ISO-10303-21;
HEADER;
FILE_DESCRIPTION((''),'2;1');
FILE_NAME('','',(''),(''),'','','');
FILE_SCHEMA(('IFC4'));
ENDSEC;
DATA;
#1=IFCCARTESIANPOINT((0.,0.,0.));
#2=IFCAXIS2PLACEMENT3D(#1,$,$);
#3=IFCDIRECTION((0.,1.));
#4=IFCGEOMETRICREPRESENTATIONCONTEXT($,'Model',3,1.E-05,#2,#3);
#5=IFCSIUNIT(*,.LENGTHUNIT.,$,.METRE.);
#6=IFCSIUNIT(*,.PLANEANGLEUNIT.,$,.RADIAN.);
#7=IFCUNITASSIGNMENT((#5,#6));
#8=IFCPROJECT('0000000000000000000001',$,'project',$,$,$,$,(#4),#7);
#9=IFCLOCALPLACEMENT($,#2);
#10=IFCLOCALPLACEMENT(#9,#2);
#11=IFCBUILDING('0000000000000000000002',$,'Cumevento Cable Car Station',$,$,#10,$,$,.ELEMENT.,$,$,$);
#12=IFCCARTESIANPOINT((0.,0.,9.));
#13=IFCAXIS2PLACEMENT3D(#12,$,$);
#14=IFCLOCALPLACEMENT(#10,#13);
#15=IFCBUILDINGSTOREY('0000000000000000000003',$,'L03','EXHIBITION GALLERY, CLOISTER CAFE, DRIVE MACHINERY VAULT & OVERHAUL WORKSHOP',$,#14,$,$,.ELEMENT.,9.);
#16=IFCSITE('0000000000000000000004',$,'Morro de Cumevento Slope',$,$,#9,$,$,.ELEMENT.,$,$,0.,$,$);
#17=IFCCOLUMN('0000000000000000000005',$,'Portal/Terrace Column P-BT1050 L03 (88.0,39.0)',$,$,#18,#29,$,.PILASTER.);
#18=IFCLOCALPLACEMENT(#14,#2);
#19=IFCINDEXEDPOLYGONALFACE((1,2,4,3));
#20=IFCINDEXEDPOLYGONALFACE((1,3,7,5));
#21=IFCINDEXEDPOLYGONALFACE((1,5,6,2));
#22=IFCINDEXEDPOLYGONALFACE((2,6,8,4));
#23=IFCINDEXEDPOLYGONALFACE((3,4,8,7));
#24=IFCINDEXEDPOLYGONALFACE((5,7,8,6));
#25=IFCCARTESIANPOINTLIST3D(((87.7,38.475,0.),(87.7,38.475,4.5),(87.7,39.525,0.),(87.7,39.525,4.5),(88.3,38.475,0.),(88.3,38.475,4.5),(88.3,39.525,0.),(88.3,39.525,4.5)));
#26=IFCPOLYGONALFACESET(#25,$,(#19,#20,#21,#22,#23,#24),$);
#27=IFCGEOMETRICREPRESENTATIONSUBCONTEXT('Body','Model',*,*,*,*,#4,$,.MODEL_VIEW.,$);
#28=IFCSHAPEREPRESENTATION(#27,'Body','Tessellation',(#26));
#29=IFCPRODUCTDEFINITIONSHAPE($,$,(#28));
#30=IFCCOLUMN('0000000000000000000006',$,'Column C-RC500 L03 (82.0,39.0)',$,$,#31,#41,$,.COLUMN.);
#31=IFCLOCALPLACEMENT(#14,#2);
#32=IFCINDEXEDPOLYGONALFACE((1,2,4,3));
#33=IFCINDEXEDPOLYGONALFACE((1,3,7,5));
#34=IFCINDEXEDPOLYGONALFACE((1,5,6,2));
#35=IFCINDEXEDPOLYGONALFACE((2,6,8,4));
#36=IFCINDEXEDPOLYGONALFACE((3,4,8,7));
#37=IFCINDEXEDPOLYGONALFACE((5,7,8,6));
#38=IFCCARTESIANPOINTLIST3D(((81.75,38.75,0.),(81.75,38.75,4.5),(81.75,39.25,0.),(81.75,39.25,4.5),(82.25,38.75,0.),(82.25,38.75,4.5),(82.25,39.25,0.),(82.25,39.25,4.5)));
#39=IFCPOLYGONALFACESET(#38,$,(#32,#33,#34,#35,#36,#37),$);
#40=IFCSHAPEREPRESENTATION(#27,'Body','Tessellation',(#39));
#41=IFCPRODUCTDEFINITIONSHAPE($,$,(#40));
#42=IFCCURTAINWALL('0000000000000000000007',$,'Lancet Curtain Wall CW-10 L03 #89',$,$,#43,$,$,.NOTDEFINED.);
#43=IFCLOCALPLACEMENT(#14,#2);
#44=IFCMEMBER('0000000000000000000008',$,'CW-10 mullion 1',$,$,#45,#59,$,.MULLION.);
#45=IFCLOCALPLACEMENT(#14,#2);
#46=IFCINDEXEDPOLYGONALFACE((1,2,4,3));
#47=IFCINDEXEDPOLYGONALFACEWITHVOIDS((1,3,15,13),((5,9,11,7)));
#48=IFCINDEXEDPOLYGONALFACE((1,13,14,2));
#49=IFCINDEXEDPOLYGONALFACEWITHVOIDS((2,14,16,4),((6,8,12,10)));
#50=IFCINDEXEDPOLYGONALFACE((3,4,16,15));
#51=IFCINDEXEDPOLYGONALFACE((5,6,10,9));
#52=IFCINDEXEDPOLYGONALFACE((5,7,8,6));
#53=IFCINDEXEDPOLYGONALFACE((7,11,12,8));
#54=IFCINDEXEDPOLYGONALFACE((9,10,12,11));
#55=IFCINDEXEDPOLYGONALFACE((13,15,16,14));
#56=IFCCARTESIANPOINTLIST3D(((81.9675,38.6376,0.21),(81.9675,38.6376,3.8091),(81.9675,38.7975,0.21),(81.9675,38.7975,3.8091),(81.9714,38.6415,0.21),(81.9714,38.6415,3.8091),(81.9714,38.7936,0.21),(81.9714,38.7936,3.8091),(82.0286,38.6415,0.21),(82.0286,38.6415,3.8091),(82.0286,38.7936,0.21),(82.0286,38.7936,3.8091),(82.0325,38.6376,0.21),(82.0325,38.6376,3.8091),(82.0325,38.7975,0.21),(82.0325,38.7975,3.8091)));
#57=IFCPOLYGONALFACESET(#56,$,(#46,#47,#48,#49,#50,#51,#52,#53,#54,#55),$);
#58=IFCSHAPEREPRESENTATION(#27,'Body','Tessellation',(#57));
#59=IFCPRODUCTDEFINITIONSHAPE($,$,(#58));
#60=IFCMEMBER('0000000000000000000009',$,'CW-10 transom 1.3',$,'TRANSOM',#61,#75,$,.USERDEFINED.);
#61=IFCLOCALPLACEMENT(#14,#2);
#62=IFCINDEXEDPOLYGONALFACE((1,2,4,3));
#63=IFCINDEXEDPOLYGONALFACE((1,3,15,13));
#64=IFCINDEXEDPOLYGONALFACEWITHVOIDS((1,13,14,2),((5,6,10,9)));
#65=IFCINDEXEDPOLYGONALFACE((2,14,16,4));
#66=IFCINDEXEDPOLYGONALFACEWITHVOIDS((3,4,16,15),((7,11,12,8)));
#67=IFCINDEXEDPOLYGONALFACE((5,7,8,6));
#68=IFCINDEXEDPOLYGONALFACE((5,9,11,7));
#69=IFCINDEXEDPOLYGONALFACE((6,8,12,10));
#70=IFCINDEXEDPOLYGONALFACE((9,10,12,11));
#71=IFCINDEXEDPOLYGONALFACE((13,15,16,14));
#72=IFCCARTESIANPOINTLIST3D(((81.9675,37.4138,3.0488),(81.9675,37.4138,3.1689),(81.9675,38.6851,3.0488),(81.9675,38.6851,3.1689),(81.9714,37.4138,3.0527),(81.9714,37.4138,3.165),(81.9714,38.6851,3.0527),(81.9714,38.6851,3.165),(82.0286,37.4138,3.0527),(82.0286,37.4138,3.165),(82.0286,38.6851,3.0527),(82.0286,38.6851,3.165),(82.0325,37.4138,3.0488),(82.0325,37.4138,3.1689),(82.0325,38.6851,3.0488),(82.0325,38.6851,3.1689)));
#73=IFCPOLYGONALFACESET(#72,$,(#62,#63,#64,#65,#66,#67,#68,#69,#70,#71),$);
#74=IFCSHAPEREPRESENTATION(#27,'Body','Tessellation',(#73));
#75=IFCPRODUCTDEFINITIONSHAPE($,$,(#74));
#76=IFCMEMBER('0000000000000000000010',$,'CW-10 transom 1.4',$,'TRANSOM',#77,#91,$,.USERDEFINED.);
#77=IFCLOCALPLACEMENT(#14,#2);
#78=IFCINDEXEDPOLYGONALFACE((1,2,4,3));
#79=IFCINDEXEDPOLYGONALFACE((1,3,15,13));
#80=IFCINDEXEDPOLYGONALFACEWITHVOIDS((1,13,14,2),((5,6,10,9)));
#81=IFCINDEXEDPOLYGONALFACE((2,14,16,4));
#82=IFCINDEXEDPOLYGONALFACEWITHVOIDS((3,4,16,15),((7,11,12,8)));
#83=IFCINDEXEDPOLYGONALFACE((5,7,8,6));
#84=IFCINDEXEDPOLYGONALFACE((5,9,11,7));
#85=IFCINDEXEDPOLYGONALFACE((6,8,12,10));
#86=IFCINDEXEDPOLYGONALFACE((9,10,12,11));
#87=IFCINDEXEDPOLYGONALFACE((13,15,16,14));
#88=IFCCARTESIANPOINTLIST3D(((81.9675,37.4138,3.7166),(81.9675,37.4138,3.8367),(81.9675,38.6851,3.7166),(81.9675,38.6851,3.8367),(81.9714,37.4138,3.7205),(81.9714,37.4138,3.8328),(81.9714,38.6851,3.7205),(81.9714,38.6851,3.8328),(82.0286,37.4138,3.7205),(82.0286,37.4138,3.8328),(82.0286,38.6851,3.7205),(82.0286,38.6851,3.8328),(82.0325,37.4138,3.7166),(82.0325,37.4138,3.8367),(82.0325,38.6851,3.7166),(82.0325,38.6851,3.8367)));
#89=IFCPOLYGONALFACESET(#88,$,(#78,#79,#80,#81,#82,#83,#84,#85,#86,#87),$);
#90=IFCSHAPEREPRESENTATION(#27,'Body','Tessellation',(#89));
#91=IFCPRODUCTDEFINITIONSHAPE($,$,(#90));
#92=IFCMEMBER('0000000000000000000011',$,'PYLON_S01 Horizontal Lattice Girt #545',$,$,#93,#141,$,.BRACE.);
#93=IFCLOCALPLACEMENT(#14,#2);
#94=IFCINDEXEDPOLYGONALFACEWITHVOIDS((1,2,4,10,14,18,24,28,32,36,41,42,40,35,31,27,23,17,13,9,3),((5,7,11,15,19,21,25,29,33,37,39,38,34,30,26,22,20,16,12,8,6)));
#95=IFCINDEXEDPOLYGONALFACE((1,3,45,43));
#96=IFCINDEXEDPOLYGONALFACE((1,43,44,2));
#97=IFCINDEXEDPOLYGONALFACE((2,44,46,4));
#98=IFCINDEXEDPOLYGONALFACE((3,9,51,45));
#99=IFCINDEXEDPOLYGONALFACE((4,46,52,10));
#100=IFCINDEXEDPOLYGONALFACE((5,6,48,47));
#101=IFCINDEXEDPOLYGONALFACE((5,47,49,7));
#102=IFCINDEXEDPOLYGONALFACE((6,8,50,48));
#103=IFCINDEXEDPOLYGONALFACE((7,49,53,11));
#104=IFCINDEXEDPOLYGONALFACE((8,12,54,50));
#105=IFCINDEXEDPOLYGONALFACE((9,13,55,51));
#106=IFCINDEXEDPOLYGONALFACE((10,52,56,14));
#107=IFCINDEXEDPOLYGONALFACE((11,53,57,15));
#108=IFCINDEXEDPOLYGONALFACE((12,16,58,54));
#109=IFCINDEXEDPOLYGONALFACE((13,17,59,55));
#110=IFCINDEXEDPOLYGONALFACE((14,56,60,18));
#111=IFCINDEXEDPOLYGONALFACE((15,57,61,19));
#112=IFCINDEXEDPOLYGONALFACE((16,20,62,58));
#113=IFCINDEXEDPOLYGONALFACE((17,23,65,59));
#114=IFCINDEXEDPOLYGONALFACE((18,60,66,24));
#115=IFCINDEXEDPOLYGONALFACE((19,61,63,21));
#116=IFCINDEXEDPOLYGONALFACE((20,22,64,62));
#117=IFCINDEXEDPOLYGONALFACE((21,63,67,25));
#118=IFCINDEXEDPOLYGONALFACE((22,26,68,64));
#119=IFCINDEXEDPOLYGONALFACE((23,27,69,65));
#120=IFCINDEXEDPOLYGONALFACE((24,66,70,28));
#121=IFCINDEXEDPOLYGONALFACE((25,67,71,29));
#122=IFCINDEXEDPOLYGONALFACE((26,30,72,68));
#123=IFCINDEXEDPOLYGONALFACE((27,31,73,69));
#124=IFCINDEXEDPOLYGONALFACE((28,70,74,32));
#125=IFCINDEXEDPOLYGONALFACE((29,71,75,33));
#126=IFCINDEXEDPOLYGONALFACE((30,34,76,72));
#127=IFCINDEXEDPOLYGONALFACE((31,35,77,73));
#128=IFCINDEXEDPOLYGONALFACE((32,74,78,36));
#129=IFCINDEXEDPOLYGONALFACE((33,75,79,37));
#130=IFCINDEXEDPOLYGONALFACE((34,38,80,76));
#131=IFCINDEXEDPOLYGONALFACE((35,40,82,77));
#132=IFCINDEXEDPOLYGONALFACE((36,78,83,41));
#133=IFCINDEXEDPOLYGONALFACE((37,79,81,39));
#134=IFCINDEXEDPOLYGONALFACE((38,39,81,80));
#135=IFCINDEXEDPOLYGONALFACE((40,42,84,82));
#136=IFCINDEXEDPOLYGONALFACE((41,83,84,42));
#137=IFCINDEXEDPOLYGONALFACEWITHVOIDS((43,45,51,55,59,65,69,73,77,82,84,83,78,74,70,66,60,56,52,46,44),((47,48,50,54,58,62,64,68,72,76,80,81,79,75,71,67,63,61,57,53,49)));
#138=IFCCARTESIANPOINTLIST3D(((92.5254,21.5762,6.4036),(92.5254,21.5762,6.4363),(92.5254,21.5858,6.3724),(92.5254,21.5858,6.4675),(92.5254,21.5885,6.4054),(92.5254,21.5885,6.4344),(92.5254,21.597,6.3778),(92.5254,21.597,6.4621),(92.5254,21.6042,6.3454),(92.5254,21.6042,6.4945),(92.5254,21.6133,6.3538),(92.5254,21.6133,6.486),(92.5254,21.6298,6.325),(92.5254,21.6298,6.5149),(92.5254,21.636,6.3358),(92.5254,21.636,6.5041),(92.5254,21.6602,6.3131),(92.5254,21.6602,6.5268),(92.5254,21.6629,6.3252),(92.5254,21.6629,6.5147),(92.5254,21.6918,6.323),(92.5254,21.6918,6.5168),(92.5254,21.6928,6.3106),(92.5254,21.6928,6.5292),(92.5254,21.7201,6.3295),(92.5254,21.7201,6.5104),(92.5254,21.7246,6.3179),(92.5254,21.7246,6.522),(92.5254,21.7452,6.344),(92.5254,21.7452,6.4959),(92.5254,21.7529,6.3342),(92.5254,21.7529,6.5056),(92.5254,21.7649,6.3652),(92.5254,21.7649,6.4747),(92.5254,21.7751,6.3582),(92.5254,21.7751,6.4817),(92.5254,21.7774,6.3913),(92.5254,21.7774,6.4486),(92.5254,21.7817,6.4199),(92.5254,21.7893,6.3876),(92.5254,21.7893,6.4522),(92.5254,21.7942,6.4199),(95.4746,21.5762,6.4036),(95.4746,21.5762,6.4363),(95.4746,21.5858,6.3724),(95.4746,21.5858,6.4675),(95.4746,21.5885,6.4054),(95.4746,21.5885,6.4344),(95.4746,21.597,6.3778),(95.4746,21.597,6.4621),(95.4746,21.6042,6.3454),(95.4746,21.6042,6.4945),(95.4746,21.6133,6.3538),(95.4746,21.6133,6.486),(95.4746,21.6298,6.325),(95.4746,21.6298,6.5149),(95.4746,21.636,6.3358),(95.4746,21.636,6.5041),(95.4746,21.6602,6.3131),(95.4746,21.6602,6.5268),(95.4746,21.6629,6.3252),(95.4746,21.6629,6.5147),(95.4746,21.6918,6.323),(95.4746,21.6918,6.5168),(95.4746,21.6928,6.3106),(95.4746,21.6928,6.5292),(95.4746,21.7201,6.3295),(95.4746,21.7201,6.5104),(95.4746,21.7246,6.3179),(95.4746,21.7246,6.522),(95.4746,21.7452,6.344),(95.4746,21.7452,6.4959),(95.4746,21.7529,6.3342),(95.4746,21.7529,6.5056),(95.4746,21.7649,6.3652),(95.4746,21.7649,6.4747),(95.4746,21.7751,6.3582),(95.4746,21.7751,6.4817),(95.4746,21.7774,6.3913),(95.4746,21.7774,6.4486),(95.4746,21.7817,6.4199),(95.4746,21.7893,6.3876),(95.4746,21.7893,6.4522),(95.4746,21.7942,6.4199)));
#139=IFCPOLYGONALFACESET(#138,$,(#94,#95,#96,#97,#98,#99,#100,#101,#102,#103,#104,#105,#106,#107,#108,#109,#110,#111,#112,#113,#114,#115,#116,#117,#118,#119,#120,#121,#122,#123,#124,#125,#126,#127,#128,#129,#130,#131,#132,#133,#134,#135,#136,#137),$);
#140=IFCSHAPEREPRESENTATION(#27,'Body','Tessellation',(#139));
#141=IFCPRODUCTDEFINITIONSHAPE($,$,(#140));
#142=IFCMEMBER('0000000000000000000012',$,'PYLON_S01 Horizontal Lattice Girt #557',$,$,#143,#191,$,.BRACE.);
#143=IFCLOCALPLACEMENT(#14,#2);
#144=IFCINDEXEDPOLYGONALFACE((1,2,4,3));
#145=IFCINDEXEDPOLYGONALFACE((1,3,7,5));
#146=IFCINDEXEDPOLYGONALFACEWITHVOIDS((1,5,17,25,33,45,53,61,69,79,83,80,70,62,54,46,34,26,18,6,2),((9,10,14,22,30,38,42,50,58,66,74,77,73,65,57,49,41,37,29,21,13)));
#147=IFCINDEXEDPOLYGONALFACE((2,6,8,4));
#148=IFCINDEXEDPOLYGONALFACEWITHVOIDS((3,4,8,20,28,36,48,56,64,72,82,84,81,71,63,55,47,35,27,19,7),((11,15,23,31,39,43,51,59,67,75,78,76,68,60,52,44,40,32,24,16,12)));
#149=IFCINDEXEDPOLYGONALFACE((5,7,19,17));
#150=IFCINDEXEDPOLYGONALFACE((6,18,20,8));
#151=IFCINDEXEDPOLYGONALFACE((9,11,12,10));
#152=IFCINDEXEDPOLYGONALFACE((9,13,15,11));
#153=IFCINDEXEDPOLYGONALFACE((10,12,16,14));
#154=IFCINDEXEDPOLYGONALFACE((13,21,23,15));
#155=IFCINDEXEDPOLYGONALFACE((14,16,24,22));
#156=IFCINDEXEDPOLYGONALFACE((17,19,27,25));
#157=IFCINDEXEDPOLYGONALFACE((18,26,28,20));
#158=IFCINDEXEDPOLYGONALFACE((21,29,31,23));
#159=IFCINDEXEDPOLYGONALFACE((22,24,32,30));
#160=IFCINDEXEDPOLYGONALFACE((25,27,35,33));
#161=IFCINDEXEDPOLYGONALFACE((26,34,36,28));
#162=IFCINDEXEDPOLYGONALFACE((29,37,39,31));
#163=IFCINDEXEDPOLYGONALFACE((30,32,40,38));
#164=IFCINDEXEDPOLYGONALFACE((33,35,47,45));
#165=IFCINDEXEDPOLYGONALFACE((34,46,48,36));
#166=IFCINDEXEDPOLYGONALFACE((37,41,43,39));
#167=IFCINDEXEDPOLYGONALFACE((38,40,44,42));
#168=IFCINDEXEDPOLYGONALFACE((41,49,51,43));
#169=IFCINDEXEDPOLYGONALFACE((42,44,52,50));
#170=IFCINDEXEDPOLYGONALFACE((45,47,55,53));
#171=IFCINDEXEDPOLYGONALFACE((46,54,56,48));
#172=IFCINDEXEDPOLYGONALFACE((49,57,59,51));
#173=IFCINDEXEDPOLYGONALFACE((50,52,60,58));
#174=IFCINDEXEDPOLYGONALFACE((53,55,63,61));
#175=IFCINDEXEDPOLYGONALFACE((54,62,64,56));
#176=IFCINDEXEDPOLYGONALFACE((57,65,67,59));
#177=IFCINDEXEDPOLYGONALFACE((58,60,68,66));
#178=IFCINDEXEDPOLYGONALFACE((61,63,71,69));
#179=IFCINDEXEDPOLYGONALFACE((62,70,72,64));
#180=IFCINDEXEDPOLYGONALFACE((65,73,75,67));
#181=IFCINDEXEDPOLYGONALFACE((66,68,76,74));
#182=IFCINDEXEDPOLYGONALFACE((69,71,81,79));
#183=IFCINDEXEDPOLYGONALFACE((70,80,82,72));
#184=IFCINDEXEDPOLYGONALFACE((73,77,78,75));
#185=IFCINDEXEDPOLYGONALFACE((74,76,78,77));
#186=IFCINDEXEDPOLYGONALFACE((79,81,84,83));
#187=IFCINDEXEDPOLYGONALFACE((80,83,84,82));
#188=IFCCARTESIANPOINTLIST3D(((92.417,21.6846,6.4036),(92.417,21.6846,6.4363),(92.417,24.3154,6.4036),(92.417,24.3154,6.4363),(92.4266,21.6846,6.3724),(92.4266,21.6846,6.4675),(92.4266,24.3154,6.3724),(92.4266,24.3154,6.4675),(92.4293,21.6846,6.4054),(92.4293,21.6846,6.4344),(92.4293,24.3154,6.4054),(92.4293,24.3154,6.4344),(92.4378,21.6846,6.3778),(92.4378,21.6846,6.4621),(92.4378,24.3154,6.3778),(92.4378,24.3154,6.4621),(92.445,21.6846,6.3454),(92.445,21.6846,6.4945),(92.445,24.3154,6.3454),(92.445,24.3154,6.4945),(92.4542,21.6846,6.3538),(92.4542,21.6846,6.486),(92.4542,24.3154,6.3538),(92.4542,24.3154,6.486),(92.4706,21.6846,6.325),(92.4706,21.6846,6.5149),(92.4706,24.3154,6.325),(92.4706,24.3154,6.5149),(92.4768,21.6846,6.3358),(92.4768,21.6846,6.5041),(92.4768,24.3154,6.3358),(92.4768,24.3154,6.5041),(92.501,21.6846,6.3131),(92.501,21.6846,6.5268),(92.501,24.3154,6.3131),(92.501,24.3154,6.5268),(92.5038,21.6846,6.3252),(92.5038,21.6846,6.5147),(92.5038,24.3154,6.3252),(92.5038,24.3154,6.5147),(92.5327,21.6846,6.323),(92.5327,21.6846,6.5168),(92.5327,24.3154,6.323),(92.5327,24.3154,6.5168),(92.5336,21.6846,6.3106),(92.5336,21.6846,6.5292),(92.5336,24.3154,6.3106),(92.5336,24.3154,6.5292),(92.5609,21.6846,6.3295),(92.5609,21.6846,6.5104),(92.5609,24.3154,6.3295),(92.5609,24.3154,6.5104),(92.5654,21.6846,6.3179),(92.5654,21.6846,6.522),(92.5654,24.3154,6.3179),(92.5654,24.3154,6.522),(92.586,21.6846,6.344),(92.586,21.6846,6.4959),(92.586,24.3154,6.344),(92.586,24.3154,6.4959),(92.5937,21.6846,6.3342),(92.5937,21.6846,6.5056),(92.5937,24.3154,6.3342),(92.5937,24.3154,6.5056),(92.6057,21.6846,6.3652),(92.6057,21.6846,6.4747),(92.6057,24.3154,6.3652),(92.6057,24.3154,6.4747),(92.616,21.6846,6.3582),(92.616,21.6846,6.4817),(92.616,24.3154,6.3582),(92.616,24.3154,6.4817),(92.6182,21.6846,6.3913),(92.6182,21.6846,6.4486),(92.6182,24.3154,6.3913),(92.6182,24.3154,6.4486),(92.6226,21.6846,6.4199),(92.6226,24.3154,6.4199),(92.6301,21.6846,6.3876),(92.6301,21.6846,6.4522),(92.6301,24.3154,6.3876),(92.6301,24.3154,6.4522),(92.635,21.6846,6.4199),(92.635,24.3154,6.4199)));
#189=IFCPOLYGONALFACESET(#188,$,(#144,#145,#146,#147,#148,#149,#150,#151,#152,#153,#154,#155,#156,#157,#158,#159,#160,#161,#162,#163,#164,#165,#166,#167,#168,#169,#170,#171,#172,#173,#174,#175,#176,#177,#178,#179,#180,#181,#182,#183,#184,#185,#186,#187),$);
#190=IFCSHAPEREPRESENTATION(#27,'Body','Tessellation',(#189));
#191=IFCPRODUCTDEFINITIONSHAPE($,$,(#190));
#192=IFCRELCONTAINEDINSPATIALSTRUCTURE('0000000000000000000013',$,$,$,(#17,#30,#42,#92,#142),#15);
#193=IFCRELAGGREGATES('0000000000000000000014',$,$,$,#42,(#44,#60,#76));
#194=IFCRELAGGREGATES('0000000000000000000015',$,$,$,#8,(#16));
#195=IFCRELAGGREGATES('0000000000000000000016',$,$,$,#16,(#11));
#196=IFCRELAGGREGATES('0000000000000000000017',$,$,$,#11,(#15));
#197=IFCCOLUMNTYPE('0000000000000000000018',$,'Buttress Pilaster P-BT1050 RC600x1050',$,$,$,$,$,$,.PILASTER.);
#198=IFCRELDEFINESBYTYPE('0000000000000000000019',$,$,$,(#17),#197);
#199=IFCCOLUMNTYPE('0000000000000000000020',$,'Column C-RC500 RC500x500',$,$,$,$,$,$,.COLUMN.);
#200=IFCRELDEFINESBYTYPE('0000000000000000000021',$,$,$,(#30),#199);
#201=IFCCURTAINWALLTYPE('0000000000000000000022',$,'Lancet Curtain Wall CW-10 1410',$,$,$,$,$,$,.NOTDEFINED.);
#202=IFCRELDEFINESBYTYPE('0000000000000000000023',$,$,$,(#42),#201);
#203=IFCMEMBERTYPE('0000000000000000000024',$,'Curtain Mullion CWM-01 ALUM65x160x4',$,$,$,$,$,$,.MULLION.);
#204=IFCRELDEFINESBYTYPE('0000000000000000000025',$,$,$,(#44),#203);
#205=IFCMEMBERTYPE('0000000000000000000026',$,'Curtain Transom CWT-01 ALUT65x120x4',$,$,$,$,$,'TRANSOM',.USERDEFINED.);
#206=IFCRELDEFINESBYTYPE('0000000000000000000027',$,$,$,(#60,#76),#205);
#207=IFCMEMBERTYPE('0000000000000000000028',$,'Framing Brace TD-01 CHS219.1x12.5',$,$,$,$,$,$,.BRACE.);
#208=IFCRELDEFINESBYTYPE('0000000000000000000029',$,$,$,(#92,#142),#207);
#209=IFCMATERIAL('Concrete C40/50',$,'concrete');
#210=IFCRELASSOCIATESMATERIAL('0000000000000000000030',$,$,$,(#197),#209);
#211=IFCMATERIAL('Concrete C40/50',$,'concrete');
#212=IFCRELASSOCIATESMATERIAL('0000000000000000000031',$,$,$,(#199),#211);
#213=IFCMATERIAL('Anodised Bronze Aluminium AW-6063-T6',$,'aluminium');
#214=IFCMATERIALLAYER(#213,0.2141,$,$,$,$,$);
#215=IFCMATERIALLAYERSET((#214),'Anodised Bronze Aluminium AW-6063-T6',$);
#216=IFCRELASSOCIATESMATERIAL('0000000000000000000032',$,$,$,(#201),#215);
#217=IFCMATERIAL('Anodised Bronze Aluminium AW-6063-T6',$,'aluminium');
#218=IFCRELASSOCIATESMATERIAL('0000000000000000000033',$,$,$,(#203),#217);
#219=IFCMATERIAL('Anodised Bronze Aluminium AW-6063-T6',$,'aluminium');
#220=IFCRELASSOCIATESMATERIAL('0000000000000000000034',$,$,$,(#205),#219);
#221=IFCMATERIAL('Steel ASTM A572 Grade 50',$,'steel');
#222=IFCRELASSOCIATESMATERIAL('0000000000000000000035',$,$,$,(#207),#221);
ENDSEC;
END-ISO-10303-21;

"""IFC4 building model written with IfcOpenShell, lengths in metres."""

from ifc_helpers import new_model, si_unit, direction, frame, origin, origin_2d, place, context, subcontext, project, spatial, rectangle, hollow_rectangle, hollow_circle, extrude, material, layer, layer_set, material_profile, profile_set, type_object, element, aggregate, save


model = new_model("IFC4")

# Units and contexts
model_context = context("Model", 3, precision=1e-05, world=origin(), true_north=direction((0.0, 1.0)))
body_context = subcontext(model_context, "Body", "Model", "MODEL_VIEW")
ifc_project = project(units=[si_unit("LENGTHUNIT", "METRE"), si_unit("PLANEANGLEUNIT", "RADIAN")], contexts=[model_context])

# Site, building, storey
site_placement = place(None, origin())
site = spatial("IfcSite", under=ifc_project, at=site_placement, Name="Morro de Cumevento Slope", CompositionType="ELEMENT", RefElevation=0.0)
building_placement = place(site_placement, origin())
building = spatial("IfcBuilding", under=site, at=building_placement, Name="Cumevento Cable Car Station", CompositionType="ELEMENT")
storey_placement = place(building_placement, frame((0.0, 0.0, 9.0)))
storey = spatial("IfcBuildingStorey", under=building, at=storey_placement, Name="L03", Description="EXHIBITION GALLERY, CLOISTER CAFE, DRIVE MACHINERY VAULT & OVERHAUL WORKSHOP", CompositionType="ELEMENT", Elevation=9.0)

# Columns
ifc_material_1 = material(Name="Concrete C40/50", Category="concrete")
ifc_material_profile_1 = material_profile(ifc_material_1, rectangle(XDim=0.6001, YDim=1.05, at=origin_2d()), Name="RC600x1050")
ifc_profile_set_1 = profile_set([ifc_material_profile_1], Name="Concrete C40/50")
column_type_1 = type_object("IfcColumnType", Name="Buttress Pilaster P-BT1050 RC600x1050", PredefinedType="PILASTER", material=ifc_profile_set_1)
column_1_placement = place(storey_placement, frame((88.0, 39.0, 0.0), z_axis=(0.0, 0.0, 1.0), x_axis=(1.0, 0.0, 0.0)))
element("IfcColumn", 1, at=column_1_placement, inside=storey, type_object=column_type_1, Name="Portal/Terrace Column P-BT1050 L03 (88.0,39.0)", PredefinedType="PILASTER", context=body_context, shape_type="SweptSolid", body=[
    extrude(rectangle(XDim=0.6001, YDim=1.05, at=origin_2d()), origin(), (0.0, 0.0, 1.0), 4.5),
])
ifc_material_2 = material(Name="Concrete C40/50", Category="concrete")
ifc_material_profile_2 = material_profile(ifc_material_2, rectangle(XDim=0.5, YDim=0.5, at=origin_2d()), Name="RC500x500")
ifc_profile_set_2 = profile_set([ifc_material_profile_2], Name="Concrete C40/50")
column_type_2 = type_object("IfcColumnType", Name="Column C-RC500 RC500x500", PredefinedType="COLUMN", material=ifc_profile_set_2)
column_2_placement = place(storey_placement, frame((82.0, 39.0, 0.0), z_axis=(0.0, 0.0, 1.0), x_axis=(1.0, 0.0, 0.0)))
element("IfcColumn", 2, at=column_2_placement, inside=storey, type_object=column_type_2, Name="Column C-RC500 L03 (82.0,39.0)", PredefinedType="COLUMN", context=body_context, shape_type="SweptSolid", body=[
    extrude(rectangle(XDim=0.5, YDim=0.5, at=origin_2d()), origin(), (0.0, 0.0, 1.0), 4.5),
])

# Curtain wall, members
ifc_material_3 = material(Name="Anodised Bronze Aluminium AW-6063-T6", Category="aluminium")
ifc_layer_1 = layer(ifc_material_3, 0.2141)
ifc_layer_set_1 = layer_set([ifc_layer_1], Name="Anodised Bronze Aluminium AW-6063-T6")
curtain_wall_type = type_object("IfcCurtainWallType", Name="Lancet Curtain Wall CW-10 1410", PredefinedType="NOTDEFINED", material=ifc_layer_set_1)
curtain_wall_placement = place(storey_placement, origin())
curtain_wall = element("IfcCurtainWall", 3, at=curtain_wall_placement, inside=storey, type_object=curtain_wall_type, Name="Lancet Curtain Wall CW-10 L03 #89", PredefinedType="NOTDEFINED")
ifc_material_4 = material(Name="Anodised Bronze Aluminium AW-6063-T6", Category="aluminium")
ifc_material_profile_3 = material_profile(ifc_material_4, hollow_rectangle(XDim=0.0649, YDim=0.1599, WallThickness=0.0039, at=origin_2d()), Name="ALUM65x160x4")
ifc_profile_set_3 = profile_set([ifc_material_profile_3], Name="Anodised Bronze Aluminium AW-6063-T6")
member_type_1 = type_object("IfcMemberType", Name="Curtain Mullion CWM-01 ALUM65x160x4", PredefinedType="MULLION", material=ifc_profile_set_3)
member_1_placement = place(storey_placement, frame((82.0, 38.7175, 0.21), z_axis=(0.0, 0.0, 1.0), x_axis=(1.0, 0.0, 0.0)))
member_1 = element("IfcMember", 4, at=member_1_placement, type_object=member_type_1, Name="CW-10 mullion 1", PredefinedType="MULLION", context=body_context, shape_type="SweptSolid", body=[
    extrude(hollow_rectangle(XDim=0.0649, YDim=0.1599, WallThickness=0.0039, at=origin_2d()), origin(), (0.0, 0.0, 1.0), 3.5991),
])
ifc_material_5 = material(Name="Anodised Bronze Aluminium AW-6063-T6", Category="aluminium")
ifc_material_profile_4 = material_profile(ifc_material_5, hollow_rectangle(XDim=0.0649, YDim=0.1201, WallThickness=0.0039, at=origin_2d()), Name="ALUT65x120x4")
ifc_profile_set_4 = profile_set([ifc_material_profile_4], Name="Anodised Bronze Aluminium AW-6063-T6")
member_type_2 = type_object("IfcMemberType", Name="Curtain Transom CWT-01 ALUT65x120x4", ElementType="TRANSOM", PredefinedType="USERDEFINED", material=ifc_profile_set_4)
member_2_placement = place(storey_placement, frame((82.0, 38.6851, 3.1089), z_axis=(0.0, -1.0, 0.0), x_axis=(1.0, 0.0, 0.0)))
member_2 = element("IfcMember", 5, at=member_2_placement, type_object=member_type_2, Name="CW-10 transom 1.3", ObjectType="TRANSOM", PredefinedType="USERDEFINED", context=body_context, shape_type="SweptSolid", body=[
    extrude(hollow_rectangle(XDim=0.0649, YDim=0.1201, WallThickness=0.0039, at=origin_2d()), origin(), (0.0, 0.0, 1.0), 1.2712),
])
member_3_placement = place(storey_placement, frame((82.0, 38.6851, 3.7766), z_axis=(0.0, -1.0, 0.0), x_axis=(1.0, 0.0, 0.0)))
member_3 = element("IfcMember", 6, at=member_3_placement, type_object=member_type_2, Name="CW-10 transom 1.4", ObjectType="TRANSOM", PredefinedType="USERDEFINED", context=body_context, shape_type="SweptSolid", body=[
    extrude(hollow_rectangle(XDim=0.0649, YDim=0.1201, WallThickness=0.0039, at=origin_2d()), origin(), (0.0, 0.0, 1.0), 1.2712),
])
aggregate(curtain_wall, [member_1, member_2, member_3])

# Members
ifc_material_6 = material(Name="Steel ASTM A572 Grade 50", Category="steel")
ifc_material_profile_5 = material_profile(ifc_material_6, hollow_circle(Radius=0.1096, WallThickness=0.0125, at=origin_2d()), Name="CHS219.1x12.5")
ifc_profile_set_5 = profile_set([ifc_material_profile_5], Name="Steel ASTM A572 Grade 50")
member_type_3 = type_object("IfcMemberType", Name="Framing Brace TD-01 CHS219.1x12.5", PredefinedType="BRACE", material=ifc_profile_set_5)
member_4_placement = place(storey_placement, frame((92.5254, 21.6846, 6.4199), z_axis=(1.0, 0.0, 0.0), x_axis=(0.0, 1.0, 0.0)))
element("IfcMember", 7, at=member_4_placement, inside=storey, type_object=member_type_3, Name="PYLON_S01 Horizontal Lattice Girt #545", PredefinedType="BRACE", context=body_context, shape_type="SweptSolid", body=[
    extrude(hollow_circle(Radius=0.1096, WallThickness=0.0125, at=origin_2d()), origin(), (0.0, 0.0, 1.0), 2.9492),
])
member_5_placement = place(storey_placement, frame((92.5254, 24.3154, 6.4199), z_axis=(0.0, -1.0, 0.0), x_axis=(1.0, 0.0, 0.0)))
element("IfcMember", 8, at=member_5_placement, inside=storey, type_object=member_type_3, Name="PYLON_S01 Horizontal Lattice Girt #557", PredefinedType="BRACE", context=body_context, shape_type="SweptSolid", body=[
    extrude(hollow_circle(Radius=0.1096, WallThickness=0.0125, at=origin_2d()), origin(), (0.0, 0.0, 1.0), 2.6309),
])

save(model, "model.ifc")
